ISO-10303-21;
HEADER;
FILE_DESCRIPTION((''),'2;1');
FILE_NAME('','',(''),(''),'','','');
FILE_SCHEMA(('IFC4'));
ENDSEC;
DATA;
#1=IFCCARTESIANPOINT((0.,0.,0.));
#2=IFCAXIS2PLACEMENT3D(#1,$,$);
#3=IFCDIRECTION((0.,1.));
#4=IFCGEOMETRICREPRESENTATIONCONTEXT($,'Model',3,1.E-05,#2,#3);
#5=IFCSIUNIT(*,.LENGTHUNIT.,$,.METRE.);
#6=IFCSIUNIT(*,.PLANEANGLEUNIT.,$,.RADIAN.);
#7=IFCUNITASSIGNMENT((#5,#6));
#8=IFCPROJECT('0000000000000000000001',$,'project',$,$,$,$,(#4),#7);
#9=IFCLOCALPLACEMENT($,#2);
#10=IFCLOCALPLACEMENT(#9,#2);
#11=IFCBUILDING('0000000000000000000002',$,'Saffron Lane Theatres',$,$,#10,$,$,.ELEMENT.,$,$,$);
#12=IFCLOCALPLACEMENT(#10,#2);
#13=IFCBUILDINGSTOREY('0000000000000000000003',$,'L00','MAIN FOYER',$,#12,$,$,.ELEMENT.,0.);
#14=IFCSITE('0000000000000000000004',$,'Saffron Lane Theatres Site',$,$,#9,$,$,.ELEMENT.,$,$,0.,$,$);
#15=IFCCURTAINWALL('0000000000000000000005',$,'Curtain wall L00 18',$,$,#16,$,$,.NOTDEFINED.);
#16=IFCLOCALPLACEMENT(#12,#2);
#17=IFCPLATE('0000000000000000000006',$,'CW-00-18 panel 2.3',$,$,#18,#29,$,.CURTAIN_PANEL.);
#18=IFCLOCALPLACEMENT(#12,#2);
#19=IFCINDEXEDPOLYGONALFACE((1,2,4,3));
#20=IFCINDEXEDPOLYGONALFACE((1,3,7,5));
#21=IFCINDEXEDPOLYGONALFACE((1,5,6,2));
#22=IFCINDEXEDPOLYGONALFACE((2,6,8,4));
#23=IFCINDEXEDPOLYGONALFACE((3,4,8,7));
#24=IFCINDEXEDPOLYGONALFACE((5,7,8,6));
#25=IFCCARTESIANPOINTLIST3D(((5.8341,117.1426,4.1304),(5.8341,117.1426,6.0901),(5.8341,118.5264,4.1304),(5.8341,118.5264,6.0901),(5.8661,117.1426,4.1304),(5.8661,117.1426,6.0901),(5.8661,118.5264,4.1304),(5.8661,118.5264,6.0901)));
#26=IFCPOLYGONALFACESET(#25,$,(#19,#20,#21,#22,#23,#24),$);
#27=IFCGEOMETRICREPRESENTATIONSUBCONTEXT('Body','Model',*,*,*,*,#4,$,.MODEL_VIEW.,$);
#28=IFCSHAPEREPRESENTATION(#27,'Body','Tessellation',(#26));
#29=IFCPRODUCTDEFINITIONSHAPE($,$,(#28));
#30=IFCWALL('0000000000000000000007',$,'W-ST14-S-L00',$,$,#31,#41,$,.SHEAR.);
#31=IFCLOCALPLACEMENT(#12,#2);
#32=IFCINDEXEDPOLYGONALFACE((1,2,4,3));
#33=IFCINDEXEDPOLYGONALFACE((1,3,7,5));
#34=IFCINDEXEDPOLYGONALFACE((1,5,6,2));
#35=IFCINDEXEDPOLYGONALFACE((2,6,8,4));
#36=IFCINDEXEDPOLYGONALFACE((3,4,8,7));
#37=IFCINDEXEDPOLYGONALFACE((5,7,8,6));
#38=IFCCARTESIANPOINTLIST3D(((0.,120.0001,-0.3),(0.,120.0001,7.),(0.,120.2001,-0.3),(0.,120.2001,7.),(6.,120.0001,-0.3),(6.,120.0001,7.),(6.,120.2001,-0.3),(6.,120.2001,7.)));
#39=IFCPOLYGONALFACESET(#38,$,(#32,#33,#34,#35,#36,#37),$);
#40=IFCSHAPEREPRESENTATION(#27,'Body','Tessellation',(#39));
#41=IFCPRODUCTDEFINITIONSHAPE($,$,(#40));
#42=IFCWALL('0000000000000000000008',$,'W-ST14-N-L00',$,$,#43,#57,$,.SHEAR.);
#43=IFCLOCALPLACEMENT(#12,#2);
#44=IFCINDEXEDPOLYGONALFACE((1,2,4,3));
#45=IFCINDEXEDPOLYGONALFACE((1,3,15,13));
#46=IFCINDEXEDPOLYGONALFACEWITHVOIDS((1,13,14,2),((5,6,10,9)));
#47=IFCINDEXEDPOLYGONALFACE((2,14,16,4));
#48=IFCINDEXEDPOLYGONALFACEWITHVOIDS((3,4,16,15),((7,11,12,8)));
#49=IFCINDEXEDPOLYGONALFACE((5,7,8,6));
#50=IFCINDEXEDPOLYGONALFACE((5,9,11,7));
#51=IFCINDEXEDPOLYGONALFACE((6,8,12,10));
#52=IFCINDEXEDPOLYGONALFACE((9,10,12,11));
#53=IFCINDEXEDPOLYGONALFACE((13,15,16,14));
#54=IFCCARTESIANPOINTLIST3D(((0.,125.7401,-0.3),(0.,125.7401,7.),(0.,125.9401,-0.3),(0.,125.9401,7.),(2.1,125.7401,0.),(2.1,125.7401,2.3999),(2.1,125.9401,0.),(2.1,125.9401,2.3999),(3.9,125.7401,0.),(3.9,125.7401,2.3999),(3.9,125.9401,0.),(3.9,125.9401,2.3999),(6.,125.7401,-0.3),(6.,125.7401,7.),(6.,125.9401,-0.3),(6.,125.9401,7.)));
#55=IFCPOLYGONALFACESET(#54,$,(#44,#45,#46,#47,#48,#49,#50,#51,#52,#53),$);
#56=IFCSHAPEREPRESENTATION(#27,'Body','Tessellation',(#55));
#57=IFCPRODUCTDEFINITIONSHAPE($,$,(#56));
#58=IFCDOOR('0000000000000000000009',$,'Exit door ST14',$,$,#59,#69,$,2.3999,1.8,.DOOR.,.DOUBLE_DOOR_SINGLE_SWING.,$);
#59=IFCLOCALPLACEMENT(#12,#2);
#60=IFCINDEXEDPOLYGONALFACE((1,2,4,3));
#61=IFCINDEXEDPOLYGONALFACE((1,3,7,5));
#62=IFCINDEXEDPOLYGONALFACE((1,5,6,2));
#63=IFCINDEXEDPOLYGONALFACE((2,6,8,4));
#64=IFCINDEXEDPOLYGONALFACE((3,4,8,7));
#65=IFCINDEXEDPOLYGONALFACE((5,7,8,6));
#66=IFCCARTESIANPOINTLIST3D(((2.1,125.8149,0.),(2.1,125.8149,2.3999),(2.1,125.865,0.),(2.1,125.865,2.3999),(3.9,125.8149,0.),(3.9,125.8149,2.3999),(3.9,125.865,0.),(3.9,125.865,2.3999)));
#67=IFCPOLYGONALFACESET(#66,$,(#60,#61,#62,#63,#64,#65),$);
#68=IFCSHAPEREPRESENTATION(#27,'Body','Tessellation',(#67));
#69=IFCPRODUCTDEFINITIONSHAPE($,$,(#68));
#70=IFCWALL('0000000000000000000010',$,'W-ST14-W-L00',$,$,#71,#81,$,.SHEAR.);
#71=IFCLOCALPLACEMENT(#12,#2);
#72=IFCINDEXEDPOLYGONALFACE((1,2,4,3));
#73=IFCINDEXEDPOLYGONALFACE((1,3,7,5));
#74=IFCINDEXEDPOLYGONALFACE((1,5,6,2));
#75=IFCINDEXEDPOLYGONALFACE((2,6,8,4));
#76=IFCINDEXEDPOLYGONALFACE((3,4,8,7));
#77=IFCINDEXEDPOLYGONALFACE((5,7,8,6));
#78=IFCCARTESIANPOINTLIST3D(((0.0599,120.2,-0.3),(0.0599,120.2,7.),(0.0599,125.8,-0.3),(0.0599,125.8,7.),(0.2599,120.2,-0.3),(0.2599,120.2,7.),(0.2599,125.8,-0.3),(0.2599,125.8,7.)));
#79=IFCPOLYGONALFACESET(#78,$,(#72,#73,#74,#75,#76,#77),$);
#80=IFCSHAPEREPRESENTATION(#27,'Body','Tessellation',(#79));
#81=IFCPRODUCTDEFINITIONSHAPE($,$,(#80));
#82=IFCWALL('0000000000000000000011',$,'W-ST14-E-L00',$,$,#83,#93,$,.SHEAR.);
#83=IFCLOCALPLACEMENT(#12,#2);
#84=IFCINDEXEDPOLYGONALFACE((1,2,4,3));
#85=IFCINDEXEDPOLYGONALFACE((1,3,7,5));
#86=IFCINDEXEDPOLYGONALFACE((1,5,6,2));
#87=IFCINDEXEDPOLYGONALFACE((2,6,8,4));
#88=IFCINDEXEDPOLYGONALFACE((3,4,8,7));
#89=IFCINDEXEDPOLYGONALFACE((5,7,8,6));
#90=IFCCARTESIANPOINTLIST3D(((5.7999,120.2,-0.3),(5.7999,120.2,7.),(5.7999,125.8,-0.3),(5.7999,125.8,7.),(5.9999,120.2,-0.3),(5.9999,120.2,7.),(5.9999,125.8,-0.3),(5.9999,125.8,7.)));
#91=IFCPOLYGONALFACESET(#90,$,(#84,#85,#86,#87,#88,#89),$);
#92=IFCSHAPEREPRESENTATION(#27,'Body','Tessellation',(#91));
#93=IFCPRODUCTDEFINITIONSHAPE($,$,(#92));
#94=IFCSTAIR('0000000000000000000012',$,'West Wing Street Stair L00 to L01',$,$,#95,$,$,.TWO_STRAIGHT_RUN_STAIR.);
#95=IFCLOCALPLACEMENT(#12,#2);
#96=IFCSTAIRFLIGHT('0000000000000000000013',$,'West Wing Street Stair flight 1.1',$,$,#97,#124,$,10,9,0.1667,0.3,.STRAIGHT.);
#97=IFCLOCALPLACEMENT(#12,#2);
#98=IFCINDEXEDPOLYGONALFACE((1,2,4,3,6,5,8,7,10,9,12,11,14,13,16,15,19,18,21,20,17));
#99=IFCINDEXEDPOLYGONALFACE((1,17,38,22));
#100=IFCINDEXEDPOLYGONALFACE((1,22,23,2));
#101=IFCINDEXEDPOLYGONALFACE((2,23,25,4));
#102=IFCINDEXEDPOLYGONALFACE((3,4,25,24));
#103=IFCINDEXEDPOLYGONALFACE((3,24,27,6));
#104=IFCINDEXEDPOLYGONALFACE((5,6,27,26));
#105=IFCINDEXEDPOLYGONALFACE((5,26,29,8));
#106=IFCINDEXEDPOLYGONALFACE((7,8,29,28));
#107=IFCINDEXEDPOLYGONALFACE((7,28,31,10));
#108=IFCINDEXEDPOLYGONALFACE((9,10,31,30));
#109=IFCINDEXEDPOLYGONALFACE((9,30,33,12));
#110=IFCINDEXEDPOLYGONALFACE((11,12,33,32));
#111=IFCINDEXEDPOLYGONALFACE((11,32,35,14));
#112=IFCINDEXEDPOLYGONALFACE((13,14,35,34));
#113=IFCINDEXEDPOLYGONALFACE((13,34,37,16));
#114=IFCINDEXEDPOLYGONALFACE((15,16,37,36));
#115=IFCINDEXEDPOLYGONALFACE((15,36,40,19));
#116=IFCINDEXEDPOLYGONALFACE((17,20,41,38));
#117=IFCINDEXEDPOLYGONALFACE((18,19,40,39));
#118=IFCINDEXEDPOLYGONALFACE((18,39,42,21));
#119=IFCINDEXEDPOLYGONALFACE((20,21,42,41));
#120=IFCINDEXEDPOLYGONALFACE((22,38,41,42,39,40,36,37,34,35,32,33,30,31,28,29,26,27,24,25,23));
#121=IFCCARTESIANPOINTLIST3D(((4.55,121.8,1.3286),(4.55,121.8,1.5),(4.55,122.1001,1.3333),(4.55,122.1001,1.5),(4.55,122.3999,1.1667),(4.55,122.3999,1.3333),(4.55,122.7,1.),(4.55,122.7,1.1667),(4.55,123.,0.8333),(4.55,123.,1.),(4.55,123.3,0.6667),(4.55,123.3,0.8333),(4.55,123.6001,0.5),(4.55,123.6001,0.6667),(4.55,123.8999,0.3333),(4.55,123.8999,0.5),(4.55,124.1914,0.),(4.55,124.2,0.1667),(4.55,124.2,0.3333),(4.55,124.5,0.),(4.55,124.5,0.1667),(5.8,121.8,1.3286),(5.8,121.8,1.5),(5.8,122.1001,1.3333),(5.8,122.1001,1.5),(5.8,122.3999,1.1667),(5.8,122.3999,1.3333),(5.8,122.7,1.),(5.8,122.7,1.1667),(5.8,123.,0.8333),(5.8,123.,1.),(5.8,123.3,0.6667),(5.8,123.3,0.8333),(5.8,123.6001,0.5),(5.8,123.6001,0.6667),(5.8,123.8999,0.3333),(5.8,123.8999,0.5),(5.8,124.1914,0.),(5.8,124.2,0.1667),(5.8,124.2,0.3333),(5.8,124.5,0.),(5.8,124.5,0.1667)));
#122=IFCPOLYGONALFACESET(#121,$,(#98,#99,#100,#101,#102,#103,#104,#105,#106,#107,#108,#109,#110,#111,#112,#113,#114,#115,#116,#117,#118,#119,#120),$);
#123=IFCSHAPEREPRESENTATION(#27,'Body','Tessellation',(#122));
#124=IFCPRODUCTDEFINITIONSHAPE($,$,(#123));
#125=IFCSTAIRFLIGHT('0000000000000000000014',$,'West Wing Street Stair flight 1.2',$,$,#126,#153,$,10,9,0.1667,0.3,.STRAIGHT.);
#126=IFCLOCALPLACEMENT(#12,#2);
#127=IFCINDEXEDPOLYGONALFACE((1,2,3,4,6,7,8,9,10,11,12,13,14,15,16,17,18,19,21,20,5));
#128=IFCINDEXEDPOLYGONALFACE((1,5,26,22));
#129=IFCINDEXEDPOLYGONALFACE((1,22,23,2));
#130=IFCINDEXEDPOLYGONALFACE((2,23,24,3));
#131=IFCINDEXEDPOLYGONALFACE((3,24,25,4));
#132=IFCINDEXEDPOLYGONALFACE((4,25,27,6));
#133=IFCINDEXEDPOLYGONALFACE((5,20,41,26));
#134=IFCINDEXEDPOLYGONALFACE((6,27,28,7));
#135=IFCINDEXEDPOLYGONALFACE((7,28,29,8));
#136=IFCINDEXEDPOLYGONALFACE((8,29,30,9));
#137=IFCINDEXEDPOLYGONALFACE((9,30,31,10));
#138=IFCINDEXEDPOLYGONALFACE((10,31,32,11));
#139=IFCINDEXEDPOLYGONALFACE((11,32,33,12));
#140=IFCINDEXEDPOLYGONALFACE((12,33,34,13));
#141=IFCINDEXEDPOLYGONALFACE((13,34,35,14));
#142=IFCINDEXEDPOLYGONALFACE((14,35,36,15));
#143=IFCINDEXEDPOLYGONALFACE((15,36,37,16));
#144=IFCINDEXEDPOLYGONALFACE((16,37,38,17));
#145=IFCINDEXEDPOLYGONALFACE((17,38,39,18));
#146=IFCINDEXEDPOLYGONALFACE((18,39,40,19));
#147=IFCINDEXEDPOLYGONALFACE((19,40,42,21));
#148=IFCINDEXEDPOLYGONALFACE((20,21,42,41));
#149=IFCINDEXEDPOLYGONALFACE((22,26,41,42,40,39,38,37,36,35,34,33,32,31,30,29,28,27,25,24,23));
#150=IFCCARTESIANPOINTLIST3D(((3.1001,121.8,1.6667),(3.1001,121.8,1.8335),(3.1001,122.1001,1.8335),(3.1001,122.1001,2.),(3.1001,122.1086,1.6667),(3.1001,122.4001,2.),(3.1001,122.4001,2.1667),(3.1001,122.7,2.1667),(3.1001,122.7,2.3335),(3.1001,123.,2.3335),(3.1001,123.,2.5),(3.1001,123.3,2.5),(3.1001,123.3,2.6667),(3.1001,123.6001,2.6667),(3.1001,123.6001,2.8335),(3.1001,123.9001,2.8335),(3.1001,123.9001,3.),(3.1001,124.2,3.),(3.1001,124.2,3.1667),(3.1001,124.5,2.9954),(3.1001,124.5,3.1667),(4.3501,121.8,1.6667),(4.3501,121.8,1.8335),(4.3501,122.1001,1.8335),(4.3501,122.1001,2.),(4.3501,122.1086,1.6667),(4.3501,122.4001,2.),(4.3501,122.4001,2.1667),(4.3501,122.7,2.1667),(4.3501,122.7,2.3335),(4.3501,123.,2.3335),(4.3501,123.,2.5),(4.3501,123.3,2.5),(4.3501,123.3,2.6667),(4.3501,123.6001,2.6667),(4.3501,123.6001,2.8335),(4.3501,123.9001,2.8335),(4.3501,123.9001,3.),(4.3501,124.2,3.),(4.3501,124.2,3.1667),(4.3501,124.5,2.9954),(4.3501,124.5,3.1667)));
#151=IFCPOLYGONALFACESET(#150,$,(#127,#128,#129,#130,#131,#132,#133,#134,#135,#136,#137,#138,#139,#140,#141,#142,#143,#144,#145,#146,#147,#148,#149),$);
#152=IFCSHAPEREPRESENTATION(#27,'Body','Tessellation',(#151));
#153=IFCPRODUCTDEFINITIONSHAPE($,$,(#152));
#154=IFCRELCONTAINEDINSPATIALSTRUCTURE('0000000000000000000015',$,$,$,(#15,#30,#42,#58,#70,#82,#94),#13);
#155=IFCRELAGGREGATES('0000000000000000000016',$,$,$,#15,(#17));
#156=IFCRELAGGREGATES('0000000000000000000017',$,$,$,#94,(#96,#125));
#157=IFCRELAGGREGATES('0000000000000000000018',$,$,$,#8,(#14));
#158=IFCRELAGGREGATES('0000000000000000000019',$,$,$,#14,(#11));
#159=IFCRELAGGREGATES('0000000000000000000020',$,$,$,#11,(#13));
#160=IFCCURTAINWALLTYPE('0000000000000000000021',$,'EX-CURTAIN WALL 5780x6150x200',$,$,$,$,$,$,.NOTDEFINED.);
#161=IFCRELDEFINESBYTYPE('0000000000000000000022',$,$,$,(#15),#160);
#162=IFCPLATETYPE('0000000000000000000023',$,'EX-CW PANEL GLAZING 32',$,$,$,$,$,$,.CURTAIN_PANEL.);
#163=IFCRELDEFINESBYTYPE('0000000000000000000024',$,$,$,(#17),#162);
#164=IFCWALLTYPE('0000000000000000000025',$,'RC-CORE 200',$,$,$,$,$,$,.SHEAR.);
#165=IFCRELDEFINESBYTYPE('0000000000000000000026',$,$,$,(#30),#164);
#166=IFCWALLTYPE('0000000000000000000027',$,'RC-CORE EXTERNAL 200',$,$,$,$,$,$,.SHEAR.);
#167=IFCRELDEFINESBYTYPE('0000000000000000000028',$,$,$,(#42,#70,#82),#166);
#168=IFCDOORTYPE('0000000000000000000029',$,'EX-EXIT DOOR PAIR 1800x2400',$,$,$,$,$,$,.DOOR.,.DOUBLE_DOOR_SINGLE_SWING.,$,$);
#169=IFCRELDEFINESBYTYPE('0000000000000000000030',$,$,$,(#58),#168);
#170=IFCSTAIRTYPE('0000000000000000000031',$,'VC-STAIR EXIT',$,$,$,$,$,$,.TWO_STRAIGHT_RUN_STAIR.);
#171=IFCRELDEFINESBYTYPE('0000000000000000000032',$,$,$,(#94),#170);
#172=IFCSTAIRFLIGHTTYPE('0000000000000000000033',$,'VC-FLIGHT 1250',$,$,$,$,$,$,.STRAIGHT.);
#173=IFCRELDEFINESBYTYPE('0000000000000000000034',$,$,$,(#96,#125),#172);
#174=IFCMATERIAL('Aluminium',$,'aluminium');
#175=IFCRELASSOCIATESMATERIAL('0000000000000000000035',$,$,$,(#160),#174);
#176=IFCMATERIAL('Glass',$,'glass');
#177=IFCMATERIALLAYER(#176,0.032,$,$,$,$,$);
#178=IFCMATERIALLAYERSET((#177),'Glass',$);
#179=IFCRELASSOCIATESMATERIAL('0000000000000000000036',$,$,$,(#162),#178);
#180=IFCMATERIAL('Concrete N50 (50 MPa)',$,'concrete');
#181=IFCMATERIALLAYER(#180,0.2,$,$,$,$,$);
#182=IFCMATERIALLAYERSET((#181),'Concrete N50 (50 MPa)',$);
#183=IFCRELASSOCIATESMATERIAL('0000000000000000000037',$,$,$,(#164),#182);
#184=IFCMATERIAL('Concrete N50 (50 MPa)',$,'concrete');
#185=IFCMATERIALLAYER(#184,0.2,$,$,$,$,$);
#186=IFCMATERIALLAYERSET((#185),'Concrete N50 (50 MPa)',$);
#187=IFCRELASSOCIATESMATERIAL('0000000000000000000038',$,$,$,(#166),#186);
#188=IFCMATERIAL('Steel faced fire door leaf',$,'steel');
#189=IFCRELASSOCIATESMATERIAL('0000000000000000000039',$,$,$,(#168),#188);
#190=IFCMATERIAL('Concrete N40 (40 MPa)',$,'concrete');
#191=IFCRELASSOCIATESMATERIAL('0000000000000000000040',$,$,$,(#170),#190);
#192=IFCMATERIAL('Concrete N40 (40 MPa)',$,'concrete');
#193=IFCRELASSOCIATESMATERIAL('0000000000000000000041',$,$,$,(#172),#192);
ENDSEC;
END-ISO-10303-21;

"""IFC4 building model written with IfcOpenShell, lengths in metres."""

from ifc_helpers import new_model, si_unit, direction, frame, frame_2d, origin, origin_2d, place, context, subcontext, project, spatial, polyline, rectangle, outline, extrude, material, layer, layer_set, type_object, element, fill, aggregate, save


model = new_model("IFC4")

# Units and contexts
model_context = context("Model", 3, precision=1e-05, world=origin(), true_north=direction((0.0, 1.0)))
body_context = subcontext(model_context, "Body", "Model", "MODEL_VIEW")
ifc_project = project(units=[si_unit("LENGTHUNIT", "METRE"), si_unit("PLANEANGLEUNIT", "RADIAN")], contexts=[model_context])

# Site, building, storey
site_placement = place(None, origin())
site = spatial("IfcSite", under=ifc_project, at=site_placement, Name="Saffron Lane Theatres Site", CompositionType="ELEMENT", RefElevation=0.0)
building_placement = place(site_placement, origin())
building = spatial("IfcBuilding", under=site, at=building_placement, Name="Saffron Lane Theatres", CompositionType="ELEMENT")
storey_placement = place(building_placement, origin())
storey = spatial("IfcBuildingStorey", under=building, at=storey_placement, Name="L00", Description="MAIN FOYER", CompositionType="ELEMENT", Elevation=0.0)

# Curtain wall, plate
ifc_material_1 = material(Name="Aluminium", Category="aluminium")
curtain_wall_type = type_object("IfcCurtainWallType", Name="EX-CURTAIN WALL 5780x6150x200", PredefinedType="NOTDEFINED", material=ifc_material_1)
curtain_wall_placement = place(storey_placement, origin())
curtain_wall = element("IfcCurtainWall", 1, at=curtain_wall_placement, inside=storey, type_object=curtain_wall_type, Name="Curtain wall L00 18", PredefinedType="NOTDEFINED")
ifc_material_2 = material(Name="Glass", Category="glass")
ifc_layer_1 = layer(ifc_material_2, 0.032)
ifc_layer_set_1 = layer_set([ifc_layer_1], Name="Glass")
plate_type = type_object("IfcPlateType", Name="EX-CW PANEL GLAZING 32", PredefinedType="CURTAIN_PANEL", material=ifc_layer_set_1)
plate_1_placement = place(storey_placement, frame((5.8501, 117.8345, 4.1304), z_axis=(0.0, 0.0, 1.0), x_axis=(0.0, -1.0, 0.0)))
plate_1 = element("IfcPlate", 2, at=plate_1_placement, type_object=plate_type, Name="CW-00-18 panel 2.3", PredefinedType="CURTAIN_PANEL", context=body_context, shape_type="SweptSolid", body=[
    extrude(rectangle(XDim=1.3838, YDim=0.032, at=origin_2d()), origin(), (0.0, 0.0, 1.0), 1.9597),
])
aggregate(curtain_wall, [plate_1])

# Wall
ifc_material_3 = material(Name="Concrete N50 (50 MPa)", Category="concrete")
ifc_layer_2 = layer(ifc_material_3, 0.2)
ifc_layer_set_2 = layer_set([ifc_layer_2], Name="Concrete N50 (50 MPa)")
wall_type_1 = type_object("IfcWallType", Name="RC-CORE 200", PredefinedType="SHEAR", material=ifc_layer_set_2)
wall_1_placement = place(storey_placement, frame((0.0, 120.1001, -0.3), z_axis=(0.0, 0.0, 1.0), x_axis=(1.0, 0.0, 0.0)))
element("IfcWall", 3, at=wall_1_placement, inside=storey, type_object=wall_type_1, Name="W-ST14-S-L00", PredefinedType="SHEAR", context=body_context, shape_type="SweptSolid", body=[
    extrude(rectangle(XDim=6.0, YDim=0.2, at=frame_2d((3.0, 0.0))), origin(), (0.0, 0.0, 1.0), 7.3),
])

# Wall, opening, door
ifc_material_4 = material(Name="Concrete N50 (50 MPa)", Category="concrete")
ifc_layer_3 = layer(ifc_material_4, 0.2)
ifc_layer_set_3 = layer_set([ifc_layer_3], Name="Concrete N50 (50 MPa)")
wall_type_2 = type_object("IfcWallType", Name="RC-CORE EXTERNAL 200", PredefinedType="SHEAR", material=ifc_layer_set_3)
wall_2_placement = place(storey_placement, frame((0.0, 125.8401, -0.3), z_axis=(0.0, 0.0, 1.0), x_axis=(1.0, 0.0, 0.0)))
wall_2 = element("IfcWall", 4, at=wall_2_placement, inside=storey, type_object=wall_type_2, Name="W-ST14-N-L00", PredefinedType="SHEAR", context=body_context, shape_type="SweptSolid", body=[
    extrude(rectangle(XDim=6.0, YDim=0.2, at=frame_2d((3.0, 0.0))), origin(), (0.0, 0.0, 1.0), 7.3),
])
opening_placement = place(wall_2_placement, frame((2.1001, 0.0, 0.3)))
opening = element("IfcOpeningElement", 5, at=opening_placement, cuts=wall_2, PredefinedType="OPENING", context=body_context, shape_type="SweptSolid", body=[
    extrude(rectangle(XDim=1.8, YDim=2.3999, at=frame_2d((0.8999, 1.2))), frame((0.0, 0.1099, 0.0), z_axis=(0.0, -1.0, 0.0), x_axis=(1.0, 0.0, 0.0)), (0.0, 0.0, 1.0), 0.22),
])
ifc_material_5 = material(Name="Steel faced fire door leaf", Category="steel")
door_type = type_object("IfcDoorType", Name="EX-EXIT DOOR PAIR 1800x2400", OperationType="DOUBLE_DOOR_SINGLE_SWING", PredefinedType="DOOR", material=ifc_material_5)
door_placement = place(opening_placement, origin())
door = element("IfcDoor", 6, at=door_placement, inside=storey, type_object=door_type, Name="Exit door ST14", OperationType="DOUBLE_DOOR_SINGLE_SWING", OverallHeight=2.3999, OverallWidth=1.8, PredefinedType="DOOR", context=body_context, shape_type="SweptSolid", body=[
    extrude(rectangle(XDim=1.8, YDim=2.3999, at=frame_2d((0.8999, 1.2))), frame((0.0, 0.0249, 0.0), z_axis=(0.0, -1.0, 0.0), x_axis=(1.0, 0.0, 0.0)), (0.0, 0.0, 1.0), 0.05),
])
fill(opening, door)

# Walls
for number, where, z_axis, x_axis, name in (
    (7, (0.1599, 120.2, -0.3), (0.0, 0.0, 1.0), (0.0, 1.0, 0.0), "W-ST14-W-L00"),
    (8, (5.8999, 120.2, -0.3), (0.0, 0.0, 1.0), (0.0, 1.0, 0.0), "W-ST14-E-L00"),
):
    element("IfcWall", number, at=place(storey_placement, frame(where, z_axis=z_axis, x_axis=x_axis)), inside=storey, type_object=wall_type_2, Name=name, PredefinedType="SHEAR", context=body_context, shape_type="SweptSolid", body=[
        extrude(rectangle(XDim=5.6001, YDim=0.2, at=frame_2d((2.8, 0.0))), origin(), (0.0, 0.0, 1.0), 7.3),
    ])

# Stair, stair flights
ifc_material_6 = material(Name="Concrete N40 (40 MPa)", Category="concrete")
stair_type = type_object("IfcStairType", Name="VC-STAIR EXIT", PredefinedType="TWO_STRAIGHT_RUN_STAIR", material=ifc_material_6)
stair_placement = place(storey_placement, origin())
stair = element("IfcStair", 9, at=stair_placement, inside=storey, type_object=stair_type, Name="West Wing Street Stair L00 to L01", PredefinedType="TWO_STRAIGHT_RUN_STAIR")
ifc_material_7 = material(Name="Concrete N40 (40 MPa)", Category="concrete")
stair_flight_type = type_object("IfcStairFlightType", Name="VC-FLIGHT 1250", PredefinedType="STRAIGHT", material=ifc_material_7)
stair_flight_1_placement = place(storey_placement, frame((5.175, 124.5, 0.0), z_axis=(0.0, 0.0, 1.0), x_axis=(0.0, -1.0, 0.0)))
stair_flight_1 = element("IfcStairFlight", 10, at=stair_flight_1_placement, type_object=stair_flight_type, Name="West Wing Street Stair flight 1.1", NumberOfRisers=10, NumberOfTreads=9, PredefinedType="STRAIGHT", RiserHeight=0.1667, TreadLength=0.3, context=body_context, shape_type="SweptSolid", body=[
    extrude(outline(polyline([(0.0, 0.0), (0.0, 0.1667), (0.3, 0.1667), (0.3, 0.3333), (0.6001, 0.3333), (0.6001, 0.5), (0.8999, 0.5), (0.8999, 0.6667), (1.2, 0.6667), (1.2, 0.8333), (1.5, 0.8333), (1.5, 1.0), (1.8, 1.0), (1.8, 1.1667), (2.1001, 1.1667), (2.1001, 1.3333), (2.3999, 1.3333), (2.3999, 1.5), (2.7, 1.5), (2.7, 1.6667), (2.7, 1.3286), (0.3086, 0.0), (0.0, 0.0)])), frame((0.0, 0.625, 0.0), z_axis=(0.0, -1.0, 0.0), x_axis=(1.0, 0.0, 0.0)), (0.0, 0.0, 1.0), 1.25),
])
stair_flight_2_placement = place(storey_placement, frame((3.7251, 121.8, 1.6667), z_axis=(0.0, 0.0, 1.0), x_axis=(0.0, 1.0, 0.0)))
stair_flight_2 = element("IfcStairFlight", 11, at=stair_flight_2_placement, type_object=stair_flight_type, Name="West Wing Street Stair flight 1.2", NumberOfRisers=10, NumberOfTreads=9, PredefinedType="STRAIGHT", RiserHeight=0.1667, TreadLength=0.3, context=body_context, shape_type="SweptSolid", body=[
    extrude(outline(polyline([(0.0, 0.0), (0.0, 0.1667), (0.3, 0.1667), (0.3, 0.3333), (0.6001, 0.3333), (0.6001, 0.5), (0.8999, 0.5), (0.8999, 0.6667), (1.2, 0.6667), (1.2, 0.8333), (1.5, 0.8333), (1.5, 1.0), (1.8, 1.0), (1.8, 1.1667), (2.1001, 1.1667), (2.1001, 1.3333), (2.3999, 1.3333), (2.3999, 1.5), (2.7, 1.5), (2.7, 1.6667), (2.7, 1.3286), (0.3086, 0.0), (0.0, 0.0)])), frame((0.0, 0.625, 0.0), z_axis=(0.0, -1.0, 0.0), x_axis=(1.0, 0.0, 0.0)), (0.0, 0.0, 1.0), 1.25),
])
aggregate(stair, [stair_flight_1, stair_flight_2])

save(model, "model.ifc")
